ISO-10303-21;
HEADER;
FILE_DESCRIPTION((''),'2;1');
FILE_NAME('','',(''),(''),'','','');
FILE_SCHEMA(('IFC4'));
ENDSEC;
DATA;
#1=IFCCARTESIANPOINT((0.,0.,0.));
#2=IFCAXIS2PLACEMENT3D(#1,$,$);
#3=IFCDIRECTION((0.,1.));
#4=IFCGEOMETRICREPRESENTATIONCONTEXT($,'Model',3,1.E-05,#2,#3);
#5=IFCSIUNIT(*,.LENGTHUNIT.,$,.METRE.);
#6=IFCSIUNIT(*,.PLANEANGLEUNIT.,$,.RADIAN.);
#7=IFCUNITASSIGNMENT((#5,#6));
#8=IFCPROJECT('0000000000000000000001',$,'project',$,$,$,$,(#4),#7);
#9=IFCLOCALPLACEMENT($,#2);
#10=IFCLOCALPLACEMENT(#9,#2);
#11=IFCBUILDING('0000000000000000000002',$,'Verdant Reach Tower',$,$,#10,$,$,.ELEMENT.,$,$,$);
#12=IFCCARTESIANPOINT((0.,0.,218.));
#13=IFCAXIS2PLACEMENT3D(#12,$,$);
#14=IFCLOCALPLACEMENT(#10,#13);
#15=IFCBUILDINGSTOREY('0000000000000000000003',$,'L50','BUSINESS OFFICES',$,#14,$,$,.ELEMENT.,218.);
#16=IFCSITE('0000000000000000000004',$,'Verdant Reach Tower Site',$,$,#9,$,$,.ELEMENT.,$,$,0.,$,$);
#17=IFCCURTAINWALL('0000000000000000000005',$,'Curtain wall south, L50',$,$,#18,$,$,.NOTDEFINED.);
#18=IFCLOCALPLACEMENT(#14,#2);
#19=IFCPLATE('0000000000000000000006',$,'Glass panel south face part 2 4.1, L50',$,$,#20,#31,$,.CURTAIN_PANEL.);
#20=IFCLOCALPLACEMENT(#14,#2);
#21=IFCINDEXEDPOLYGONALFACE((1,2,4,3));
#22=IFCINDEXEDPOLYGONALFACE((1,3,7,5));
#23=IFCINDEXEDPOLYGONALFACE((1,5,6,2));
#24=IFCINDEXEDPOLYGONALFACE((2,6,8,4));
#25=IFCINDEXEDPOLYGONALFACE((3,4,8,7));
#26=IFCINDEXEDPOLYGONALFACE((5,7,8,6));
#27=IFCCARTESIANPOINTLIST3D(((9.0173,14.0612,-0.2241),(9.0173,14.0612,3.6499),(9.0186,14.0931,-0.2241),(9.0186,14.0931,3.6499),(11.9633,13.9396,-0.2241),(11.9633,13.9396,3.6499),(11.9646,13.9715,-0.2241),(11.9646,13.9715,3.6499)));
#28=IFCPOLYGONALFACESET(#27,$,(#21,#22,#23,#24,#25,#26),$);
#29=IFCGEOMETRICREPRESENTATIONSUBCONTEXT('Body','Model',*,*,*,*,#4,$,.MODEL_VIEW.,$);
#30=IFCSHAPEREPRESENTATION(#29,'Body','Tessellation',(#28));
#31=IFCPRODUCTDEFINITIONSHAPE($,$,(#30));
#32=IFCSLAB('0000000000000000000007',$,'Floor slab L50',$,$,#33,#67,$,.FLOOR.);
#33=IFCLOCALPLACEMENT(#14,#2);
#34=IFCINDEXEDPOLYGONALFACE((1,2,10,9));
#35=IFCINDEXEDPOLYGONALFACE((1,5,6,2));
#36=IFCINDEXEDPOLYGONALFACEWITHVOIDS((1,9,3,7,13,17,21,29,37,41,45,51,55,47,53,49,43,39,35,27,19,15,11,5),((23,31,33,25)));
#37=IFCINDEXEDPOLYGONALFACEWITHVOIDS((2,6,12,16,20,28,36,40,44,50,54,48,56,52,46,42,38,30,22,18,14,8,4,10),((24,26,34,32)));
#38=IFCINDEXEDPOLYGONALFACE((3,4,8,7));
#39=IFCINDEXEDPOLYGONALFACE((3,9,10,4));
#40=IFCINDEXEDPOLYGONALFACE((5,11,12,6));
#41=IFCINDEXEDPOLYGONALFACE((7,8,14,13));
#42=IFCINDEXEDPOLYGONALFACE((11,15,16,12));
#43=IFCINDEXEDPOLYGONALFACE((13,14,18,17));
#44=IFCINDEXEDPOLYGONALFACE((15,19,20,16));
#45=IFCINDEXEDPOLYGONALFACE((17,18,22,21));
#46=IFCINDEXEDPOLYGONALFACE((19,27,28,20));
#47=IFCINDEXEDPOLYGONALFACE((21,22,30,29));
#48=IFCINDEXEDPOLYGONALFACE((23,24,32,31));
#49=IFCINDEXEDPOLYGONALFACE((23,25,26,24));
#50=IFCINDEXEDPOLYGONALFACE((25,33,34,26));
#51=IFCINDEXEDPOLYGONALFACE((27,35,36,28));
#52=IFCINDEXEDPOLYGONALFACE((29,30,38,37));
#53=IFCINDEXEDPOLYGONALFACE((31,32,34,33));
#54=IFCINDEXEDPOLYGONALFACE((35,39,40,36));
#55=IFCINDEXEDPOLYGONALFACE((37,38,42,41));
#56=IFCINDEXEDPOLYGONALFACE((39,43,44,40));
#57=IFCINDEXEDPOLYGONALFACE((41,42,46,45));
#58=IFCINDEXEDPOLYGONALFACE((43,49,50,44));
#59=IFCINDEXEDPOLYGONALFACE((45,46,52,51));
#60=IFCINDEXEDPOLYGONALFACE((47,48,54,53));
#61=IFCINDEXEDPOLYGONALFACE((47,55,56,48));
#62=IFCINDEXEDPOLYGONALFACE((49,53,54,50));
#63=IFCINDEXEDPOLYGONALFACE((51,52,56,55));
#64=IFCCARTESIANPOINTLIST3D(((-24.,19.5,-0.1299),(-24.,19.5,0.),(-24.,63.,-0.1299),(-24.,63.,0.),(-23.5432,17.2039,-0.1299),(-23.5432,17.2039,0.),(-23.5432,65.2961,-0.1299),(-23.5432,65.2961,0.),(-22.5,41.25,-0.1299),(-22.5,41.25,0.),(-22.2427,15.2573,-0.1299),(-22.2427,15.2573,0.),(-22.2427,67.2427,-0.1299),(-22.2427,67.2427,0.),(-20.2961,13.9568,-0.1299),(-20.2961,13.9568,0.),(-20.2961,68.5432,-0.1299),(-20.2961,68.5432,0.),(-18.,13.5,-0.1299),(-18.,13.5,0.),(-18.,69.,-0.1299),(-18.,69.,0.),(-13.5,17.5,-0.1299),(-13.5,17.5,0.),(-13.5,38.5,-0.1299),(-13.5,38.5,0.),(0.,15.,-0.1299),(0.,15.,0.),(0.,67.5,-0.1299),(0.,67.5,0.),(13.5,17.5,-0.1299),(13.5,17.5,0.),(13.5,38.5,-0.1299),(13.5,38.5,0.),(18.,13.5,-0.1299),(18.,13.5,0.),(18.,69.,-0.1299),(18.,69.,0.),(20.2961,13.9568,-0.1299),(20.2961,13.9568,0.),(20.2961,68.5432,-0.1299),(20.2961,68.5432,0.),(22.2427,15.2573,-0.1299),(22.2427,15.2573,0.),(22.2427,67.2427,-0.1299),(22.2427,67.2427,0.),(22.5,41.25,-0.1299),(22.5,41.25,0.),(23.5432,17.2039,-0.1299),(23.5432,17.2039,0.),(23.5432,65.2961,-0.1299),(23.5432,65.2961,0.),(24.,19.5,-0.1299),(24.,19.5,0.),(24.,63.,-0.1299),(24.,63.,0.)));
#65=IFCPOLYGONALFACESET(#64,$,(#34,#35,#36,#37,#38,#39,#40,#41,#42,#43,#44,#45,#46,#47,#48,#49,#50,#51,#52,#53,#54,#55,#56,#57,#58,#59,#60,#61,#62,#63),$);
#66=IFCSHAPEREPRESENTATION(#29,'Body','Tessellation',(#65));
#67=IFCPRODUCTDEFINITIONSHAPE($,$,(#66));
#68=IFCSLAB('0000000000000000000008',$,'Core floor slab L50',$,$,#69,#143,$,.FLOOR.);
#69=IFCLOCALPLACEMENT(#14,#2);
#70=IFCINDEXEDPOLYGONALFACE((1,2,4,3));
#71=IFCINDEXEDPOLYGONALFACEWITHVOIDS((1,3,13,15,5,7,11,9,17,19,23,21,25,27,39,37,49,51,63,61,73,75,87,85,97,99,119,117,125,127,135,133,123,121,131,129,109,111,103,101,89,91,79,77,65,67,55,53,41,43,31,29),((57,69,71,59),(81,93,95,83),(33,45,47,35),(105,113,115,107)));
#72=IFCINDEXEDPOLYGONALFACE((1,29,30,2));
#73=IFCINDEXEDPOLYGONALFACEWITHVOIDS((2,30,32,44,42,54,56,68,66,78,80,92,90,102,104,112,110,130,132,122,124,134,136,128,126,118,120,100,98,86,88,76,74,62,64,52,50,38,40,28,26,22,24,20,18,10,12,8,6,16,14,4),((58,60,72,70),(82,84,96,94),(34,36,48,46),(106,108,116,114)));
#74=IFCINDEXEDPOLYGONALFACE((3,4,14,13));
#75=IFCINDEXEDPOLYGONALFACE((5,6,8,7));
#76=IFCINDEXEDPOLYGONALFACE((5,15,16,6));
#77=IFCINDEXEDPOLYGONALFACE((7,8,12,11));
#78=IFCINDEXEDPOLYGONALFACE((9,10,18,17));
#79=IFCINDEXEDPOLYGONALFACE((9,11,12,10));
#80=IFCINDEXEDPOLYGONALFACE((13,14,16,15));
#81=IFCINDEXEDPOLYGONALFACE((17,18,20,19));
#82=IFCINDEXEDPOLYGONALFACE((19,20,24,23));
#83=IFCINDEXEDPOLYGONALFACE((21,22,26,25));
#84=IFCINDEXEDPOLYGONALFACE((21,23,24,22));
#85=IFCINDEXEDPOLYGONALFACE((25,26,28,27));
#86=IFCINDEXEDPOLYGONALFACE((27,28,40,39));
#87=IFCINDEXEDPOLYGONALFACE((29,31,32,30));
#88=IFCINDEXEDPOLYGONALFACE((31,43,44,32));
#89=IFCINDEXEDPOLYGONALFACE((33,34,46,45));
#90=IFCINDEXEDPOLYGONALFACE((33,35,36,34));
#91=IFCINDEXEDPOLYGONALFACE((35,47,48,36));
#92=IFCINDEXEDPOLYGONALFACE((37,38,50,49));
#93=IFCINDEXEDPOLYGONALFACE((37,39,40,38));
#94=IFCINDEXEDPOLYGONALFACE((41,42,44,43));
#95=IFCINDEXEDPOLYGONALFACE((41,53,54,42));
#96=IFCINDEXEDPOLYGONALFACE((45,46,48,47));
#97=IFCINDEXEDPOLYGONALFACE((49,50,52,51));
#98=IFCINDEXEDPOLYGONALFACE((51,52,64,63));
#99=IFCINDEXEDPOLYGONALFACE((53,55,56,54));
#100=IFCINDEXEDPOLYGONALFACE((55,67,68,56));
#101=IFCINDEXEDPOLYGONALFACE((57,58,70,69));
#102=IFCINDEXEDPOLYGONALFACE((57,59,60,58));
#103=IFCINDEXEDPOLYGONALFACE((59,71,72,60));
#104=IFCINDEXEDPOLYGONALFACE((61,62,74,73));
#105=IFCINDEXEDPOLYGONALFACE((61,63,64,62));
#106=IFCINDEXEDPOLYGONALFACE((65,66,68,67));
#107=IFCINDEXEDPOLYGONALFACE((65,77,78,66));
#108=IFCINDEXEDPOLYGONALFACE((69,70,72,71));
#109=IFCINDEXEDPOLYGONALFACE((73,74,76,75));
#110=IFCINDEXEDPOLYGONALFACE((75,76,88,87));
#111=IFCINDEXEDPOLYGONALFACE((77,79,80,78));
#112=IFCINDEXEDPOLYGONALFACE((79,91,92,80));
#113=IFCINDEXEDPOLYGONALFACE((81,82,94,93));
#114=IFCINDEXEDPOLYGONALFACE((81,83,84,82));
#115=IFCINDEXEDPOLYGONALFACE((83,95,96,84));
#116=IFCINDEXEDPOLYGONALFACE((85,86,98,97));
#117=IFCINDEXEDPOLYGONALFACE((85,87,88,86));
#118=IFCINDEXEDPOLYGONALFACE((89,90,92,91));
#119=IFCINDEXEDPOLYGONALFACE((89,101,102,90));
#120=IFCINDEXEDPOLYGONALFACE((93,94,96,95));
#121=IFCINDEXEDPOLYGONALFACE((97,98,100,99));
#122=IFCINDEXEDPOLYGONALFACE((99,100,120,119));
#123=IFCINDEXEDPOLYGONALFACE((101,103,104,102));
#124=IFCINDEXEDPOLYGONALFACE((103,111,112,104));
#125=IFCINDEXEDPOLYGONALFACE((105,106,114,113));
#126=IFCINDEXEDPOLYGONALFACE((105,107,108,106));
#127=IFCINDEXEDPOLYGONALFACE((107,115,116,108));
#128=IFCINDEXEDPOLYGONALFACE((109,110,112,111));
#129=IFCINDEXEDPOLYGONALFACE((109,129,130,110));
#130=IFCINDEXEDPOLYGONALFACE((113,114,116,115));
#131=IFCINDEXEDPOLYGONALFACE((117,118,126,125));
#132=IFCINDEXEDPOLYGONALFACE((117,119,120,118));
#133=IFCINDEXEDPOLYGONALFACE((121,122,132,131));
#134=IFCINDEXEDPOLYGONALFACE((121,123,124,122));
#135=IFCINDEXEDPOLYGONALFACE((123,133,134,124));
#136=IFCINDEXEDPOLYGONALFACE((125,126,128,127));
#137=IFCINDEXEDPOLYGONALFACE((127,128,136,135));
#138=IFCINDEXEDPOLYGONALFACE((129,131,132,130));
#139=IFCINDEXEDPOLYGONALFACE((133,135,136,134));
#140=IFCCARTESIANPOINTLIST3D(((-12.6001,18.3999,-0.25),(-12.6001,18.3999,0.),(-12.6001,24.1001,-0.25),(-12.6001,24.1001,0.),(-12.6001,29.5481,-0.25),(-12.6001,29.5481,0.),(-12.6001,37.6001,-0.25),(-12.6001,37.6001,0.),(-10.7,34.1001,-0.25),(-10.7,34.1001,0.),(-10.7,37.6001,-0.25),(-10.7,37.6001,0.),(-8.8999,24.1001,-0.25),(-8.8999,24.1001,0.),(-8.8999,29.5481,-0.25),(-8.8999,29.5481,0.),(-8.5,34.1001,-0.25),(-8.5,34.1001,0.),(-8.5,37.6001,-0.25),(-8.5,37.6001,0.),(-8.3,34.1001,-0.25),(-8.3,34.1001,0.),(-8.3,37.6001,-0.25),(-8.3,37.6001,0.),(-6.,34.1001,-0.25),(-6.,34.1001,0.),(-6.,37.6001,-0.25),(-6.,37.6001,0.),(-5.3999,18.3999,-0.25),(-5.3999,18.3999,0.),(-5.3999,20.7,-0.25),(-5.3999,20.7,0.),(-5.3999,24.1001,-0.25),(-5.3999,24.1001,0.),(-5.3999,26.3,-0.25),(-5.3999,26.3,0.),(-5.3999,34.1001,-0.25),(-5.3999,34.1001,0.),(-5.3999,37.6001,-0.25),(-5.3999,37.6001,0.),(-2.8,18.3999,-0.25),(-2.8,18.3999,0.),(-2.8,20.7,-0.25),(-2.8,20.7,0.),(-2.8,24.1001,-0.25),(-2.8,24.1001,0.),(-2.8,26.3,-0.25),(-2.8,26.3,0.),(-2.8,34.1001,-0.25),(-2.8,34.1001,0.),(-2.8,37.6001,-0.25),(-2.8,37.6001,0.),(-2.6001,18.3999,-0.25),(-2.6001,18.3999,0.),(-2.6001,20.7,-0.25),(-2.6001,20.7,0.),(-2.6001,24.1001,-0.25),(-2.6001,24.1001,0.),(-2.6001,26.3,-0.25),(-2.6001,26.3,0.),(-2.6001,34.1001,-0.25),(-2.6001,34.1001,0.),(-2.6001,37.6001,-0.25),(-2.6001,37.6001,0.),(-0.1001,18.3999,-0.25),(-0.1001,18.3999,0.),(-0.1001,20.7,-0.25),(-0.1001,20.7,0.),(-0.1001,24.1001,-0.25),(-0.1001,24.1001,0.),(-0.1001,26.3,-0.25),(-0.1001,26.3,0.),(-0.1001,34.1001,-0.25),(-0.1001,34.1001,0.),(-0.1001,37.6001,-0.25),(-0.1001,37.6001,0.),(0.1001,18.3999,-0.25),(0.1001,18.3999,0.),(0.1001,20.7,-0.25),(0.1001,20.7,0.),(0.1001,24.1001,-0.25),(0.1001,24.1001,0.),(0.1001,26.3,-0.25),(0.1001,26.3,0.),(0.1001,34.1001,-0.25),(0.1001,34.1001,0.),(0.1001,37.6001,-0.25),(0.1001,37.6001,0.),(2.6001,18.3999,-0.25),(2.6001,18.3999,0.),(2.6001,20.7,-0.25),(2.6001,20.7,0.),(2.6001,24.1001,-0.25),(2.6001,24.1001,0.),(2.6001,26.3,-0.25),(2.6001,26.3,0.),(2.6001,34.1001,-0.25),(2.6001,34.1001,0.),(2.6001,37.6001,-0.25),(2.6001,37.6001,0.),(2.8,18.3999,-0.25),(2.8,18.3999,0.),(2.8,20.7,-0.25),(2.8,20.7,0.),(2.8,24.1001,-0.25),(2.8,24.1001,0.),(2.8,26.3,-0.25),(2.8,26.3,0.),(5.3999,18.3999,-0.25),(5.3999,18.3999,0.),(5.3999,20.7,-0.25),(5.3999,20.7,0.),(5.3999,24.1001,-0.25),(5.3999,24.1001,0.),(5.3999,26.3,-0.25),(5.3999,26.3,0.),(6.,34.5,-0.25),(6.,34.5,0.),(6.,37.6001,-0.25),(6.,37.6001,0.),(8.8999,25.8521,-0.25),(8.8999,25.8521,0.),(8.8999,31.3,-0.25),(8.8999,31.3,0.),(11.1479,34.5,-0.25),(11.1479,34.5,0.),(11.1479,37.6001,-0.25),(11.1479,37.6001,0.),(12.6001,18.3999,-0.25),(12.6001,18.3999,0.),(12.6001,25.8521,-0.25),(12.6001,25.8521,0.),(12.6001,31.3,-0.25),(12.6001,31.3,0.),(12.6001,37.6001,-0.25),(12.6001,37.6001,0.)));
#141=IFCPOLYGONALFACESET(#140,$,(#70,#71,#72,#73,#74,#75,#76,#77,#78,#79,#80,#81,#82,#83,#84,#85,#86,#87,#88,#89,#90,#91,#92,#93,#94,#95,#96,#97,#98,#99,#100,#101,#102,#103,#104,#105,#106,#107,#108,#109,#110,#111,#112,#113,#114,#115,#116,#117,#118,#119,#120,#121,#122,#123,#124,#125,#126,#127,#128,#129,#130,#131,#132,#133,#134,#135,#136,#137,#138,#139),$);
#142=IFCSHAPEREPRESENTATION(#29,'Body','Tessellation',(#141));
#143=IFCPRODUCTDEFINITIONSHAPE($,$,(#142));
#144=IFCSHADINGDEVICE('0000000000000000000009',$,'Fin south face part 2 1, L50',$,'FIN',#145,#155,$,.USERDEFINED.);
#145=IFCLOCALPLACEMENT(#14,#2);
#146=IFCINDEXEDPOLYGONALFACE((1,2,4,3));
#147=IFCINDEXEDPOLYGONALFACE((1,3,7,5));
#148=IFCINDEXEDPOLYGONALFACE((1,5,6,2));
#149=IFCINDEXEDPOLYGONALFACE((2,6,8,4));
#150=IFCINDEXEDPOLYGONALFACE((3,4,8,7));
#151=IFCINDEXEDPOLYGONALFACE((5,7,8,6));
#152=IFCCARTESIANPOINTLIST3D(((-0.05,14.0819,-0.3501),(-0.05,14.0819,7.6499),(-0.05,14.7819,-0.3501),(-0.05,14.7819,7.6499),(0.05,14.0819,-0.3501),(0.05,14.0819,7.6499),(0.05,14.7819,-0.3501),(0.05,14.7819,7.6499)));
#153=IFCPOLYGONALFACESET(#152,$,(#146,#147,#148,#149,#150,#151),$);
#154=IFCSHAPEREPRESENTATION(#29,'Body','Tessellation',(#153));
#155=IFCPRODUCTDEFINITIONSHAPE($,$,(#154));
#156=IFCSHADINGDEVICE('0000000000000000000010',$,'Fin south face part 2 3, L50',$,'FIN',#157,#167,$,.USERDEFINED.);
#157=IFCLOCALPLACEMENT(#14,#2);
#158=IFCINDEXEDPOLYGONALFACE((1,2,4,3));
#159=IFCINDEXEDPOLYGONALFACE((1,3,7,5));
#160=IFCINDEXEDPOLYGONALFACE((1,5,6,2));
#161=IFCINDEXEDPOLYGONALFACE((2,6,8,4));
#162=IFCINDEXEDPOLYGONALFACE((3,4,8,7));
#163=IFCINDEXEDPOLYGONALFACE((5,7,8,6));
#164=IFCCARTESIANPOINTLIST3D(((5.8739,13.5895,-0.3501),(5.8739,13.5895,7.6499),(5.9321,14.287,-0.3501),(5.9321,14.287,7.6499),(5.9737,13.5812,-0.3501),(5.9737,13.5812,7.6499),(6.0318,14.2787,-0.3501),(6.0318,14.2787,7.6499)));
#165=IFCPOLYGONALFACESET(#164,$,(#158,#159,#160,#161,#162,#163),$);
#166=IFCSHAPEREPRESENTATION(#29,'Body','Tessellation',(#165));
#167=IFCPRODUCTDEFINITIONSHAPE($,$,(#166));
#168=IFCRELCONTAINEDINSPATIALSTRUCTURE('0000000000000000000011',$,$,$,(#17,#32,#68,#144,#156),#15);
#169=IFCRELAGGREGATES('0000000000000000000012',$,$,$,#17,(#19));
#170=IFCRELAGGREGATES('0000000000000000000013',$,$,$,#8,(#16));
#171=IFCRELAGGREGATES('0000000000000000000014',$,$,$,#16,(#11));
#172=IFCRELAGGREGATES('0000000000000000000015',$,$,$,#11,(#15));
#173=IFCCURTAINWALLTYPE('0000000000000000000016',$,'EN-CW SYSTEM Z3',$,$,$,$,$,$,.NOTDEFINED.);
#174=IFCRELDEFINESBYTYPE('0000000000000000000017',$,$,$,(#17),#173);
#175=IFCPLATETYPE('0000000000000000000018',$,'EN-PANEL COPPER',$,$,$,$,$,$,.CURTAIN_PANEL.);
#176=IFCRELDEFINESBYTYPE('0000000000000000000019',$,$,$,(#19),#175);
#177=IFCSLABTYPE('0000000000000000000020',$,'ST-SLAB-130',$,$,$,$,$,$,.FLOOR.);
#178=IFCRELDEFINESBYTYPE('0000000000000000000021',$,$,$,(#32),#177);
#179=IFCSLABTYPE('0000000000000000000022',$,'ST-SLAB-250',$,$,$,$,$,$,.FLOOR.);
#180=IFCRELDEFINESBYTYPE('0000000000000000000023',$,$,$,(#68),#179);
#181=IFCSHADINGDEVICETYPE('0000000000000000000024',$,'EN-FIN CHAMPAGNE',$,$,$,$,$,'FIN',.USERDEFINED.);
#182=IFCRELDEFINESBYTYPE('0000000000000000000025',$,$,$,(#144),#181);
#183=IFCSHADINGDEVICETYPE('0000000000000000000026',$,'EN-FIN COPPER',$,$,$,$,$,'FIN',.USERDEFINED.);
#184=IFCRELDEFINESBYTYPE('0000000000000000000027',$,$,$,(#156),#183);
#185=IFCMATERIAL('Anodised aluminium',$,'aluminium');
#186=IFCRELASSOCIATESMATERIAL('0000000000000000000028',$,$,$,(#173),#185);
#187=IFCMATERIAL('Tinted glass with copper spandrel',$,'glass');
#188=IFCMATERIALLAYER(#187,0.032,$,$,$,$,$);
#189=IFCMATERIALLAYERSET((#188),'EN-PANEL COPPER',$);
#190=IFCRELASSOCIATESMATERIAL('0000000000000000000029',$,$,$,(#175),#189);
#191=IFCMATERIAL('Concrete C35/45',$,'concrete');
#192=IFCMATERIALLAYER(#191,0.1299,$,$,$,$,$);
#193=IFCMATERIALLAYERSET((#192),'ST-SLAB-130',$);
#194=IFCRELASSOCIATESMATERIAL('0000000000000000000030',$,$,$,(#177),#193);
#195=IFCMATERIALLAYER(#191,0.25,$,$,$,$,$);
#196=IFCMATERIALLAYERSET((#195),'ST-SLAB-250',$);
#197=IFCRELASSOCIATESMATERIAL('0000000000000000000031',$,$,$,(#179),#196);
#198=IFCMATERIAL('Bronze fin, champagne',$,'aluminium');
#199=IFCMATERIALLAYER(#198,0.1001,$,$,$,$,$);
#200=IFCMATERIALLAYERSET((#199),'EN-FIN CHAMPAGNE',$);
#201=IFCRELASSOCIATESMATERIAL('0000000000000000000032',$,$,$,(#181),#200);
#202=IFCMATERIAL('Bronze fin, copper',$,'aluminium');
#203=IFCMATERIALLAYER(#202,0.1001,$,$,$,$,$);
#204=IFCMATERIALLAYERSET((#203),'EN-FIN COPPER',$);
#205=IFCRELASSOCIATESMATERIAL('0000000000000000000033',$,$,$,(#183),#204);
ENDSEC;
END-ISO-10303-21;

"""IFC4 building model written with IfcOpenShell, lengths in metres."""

from ifc_helpers import new_model, si_unit, direction, frame, origin, origin_2d, place, context, subcontext, project, spatial, polyline, rectangle, outline, extrude, material, layer, layer_set, type_object, element, aggregate, save


model = new_model("IFC4")

# Units and contexts
model_context = context("Model", 3, precision=1e-05, world=origin(), true_north=direction((0.0, 1.0)))
body_context = subcontext(model_context, "Body", "Model", "MODEL_VIEW")
ifc_project = project(units=[si_unit("LENGTHUNIT", "METRE"), si_unit("PLANEANGLEUNIT", "RADIAN")], contexts=[model_context])

# Site, building, storey
site_placement = place(None, origin())
site = spatial("IfcSite", under=ifc_project, at=site_placement, Name="Verdant Reach Tower Site", CompositionType="ELEMENT", RefElevation=0.0)
building_placement = place(site_placement, origin())
building = spatial("IfcBuilding", under=site, at=building_placement, Name="Verdant Reach Tower", CompositionType="ELEMENT")
storey_placement = place(building_placement, frame((0.0, 0.0, 218.0)))
storey = spatial("IfcBuildingStorey", under=building, at=storey_placement, Name="L50", Description="BUSINESS OFFICES", CompositionType="ELEMENT", Elevation=218.0)

# Curtain wall
ifc_material_1 = material(Name="Anodised aluminium", Category="aluminium")
curtain_wall_type = type_object("IfcCurtainWallType", Name="EN-CW SYSTEM Z3", PredefinedType="NOTDEFINED", material=ifc_material_1)
curtain_wall_placement = place(storey_placement, origin())
curtain_wall = element("IfcCurtainWall", 1, at=curtain_wall_placement, inside=storey, type_object=curtain_wall_type, Name="Curtain wall south, L50", PredefinedType="NOTDEFINED")

# Plate
ifc_material_2 = material(Name="Tinted glass with copper spandrel", Category="glass")
ifc_layer_1 = layer(ifc_material_2, 0.032)
ifc_layer_set_1 = layer_set([ifc_layer_1], Name="EN-PANEL COPPER")
plate_type_1 = type_object("IfcPlateType", Name="EN-PANEL COPPER", PredefinedType="CURTAIN_PANEL", material=ifc_layer_set_1)
plate_1_placement = place(storey_placement, frame((10.491, 14.0164, -0.2241), z_axis=(0.0, 0.0, 1.0), x_axis=(0.999149, -0.041242, 0.0)))
plate_1 = element("IfcPlate", 2, at=plate_1_placement, type_object=plate_type_1, Name="Glass panel south face part 2 4.1, L50", PredefinedType="CURTAIN_PANEL", context=body_context, shape_type="SweptSolid", body=[
    extrude(rectangle(XDim=2.9485, YDim=0.032, at=origin_2d()), origin(), (0.0, 0.0, 1.0), 3.874),
])
aggregate(curtain_wall, [plate_1])

# Slabs
ifc_material_3 = material(Name="Concrete C35/45", Category="concrete")
ifc_layer_2 = layer(ifc_material_3, 0.1299)
ifc_layer_set_2 = layer_set([ifc_layer_2], Name="ST-SLAB-130")
slab_type_1 = type_object("IfcSlabType", Name="ST-SLAB-130", PredefinedType="FLOOR", material=ifc_layer_set_2)
slab_1_placement = place(storey_placement, frame((0.0, 0.0, -0.1299)))
element("IfcSlab", 3, at=slab_1_placement, inside=storey, type_object=slab_type_1, Name="Floor slab L50", PredefinedType="FLOOR", context=body_context, shape_type="SweptSolid", body=[
    extrude(outline(polyline([(0.0, 15.0), (-18.0, 13.5), (-20.2961, 13.9568), (-22.2427, 15.2573), (-23.5432, 17.2039), (-24.0, 19.5), (-22.5, 41.25), (-24.0, 63.0), (-23.5432, 65.2961), (-22.2427, 67.2427), (-20.2961, 68.5432), (-18.0, 69.0), (0.0, 67.5), (18.0, 69.0), (20.2961, 68.5432), (22.2427, 67.2427), (23.5432, 65.2961), (24.0, 63.0), (22.5, 41.25), (24.0, 19.5), (23.5432, 17.2039), (22.2427, 15.2573), (20.2961, 13.9568), (18.0, 13.5), (0.0, 15.0)]), holes=[polyline([(13.5, 38.5), (-13.5, 38.5), (-13.5, 17.5), (13.5, 17.5), (13.5, 38.5)])]), origin(), (0.0, 0.0, 1.0), 0.1299),
])
ifc_layer_3 = layer(ifc_material_3, 0.25)
ifc_layer_set_3 = layer_set([ifc_layer_3], Name="ST-SLAB-250")
slab_type_2 = type_object("IfcSlabType", Name="ST-SLAB-250", PredefinedType="FLOOR", material=ifc_layer_set_3)
slab_2_placement = place(storey_placement, frame((0.0, 0.0, -0.25)))
element("IfcSlab", 4, at=slab_2_placement, inside=storey, type_object=slab_type_2, Name="Core floor slab L50", PredefinedType="FLOOR", context=body_context, shape_type="SweptSolid", body=[
    extrude(outline(polyline([(12.6001, 18.3999), (5.3999, 18.3999), (5.3999, 20.7), (2.8, 20.7), (2.8, 18.3999), (2.6001, 18.3999), (2.6001, 20.7), (0.1001, 20.7), (0.1001, 18.3999), (-0.1001, 18.3999), (-0.1001, 20.7), (-2.6001, 20.7), (-2.6001, 18.3999), (-2.8, 18.3999), (-2.8, 20.7), (-5.3999, 20.7), (-5.3999, 18.3999), (-12.6001, 18.3999), (-12.6001, 24.1001), (-8.8999, 24.1001), (-8.8999, 29.5481), (-12.6001, 29.5481), (-12.6001, 37.6001), (-10.7, 37.6001), (-10.7, 34.1001), (-8.5, 34.1001), (-8.5, 37.6001), (-8.3, 37.6001), (-8.3, 34.1001), (-6.0, 34.1001), (-6.0, 37.6001), (-5.3999, 37.6001), (-5.3999, 34.1001), (-2.8, 34.1001), (-2.8, 37.6001), (-2.6001, 37.6001), (-2.6001, 34.1001), (-0.1001, 34.1001), (-0.1001, 37.6001), (0.1001, 37.6001), (0.1001, 34.1001), (2.6001, 34.1001), (2.6001, 37.6001), (6.0, 37.6001), (6.0, 34.5), (11.1479, 34.5), (11.1479, 37.6001), (12.6001, 37.6001), (12.6001, 31.3), (8.8999, 31.3), (8.8999, 25.8521), (12.6001, 25.8521), (12.6001, 18.3999)]), holes=[polyline([(-2.8, 24.1001), (-2.8, 26.3), (-5.3999, 26.3), (-5.3999, 24.1001), (-2.8, 24.1001)]), polyline([(-0.1001, 24.1001), (-0.1001, 26.3), (-2.6001, 26.3), (-2.6001, 24.1001), (-0.1001, 24.1001)]), polyline([(2.6001, 24.1001), (2.6001, 26.3), (0.1001, 26.3), (0.1001, 24.1001), (2.6001, 24.1001)]), polyline([(5.3999, 24.1001), (5.3999, 26.3), (2.8, 26.3), (2.8, 24.1001), (5.3999, 24.1001)])]), origin(), (0.0, 0.0, 1.0), 0.25),
])

# Shading devices
ifc_material_4 = material(Name="Bronze fin, champagne", Category="aluminium")
ifc_layer_4 = layer(ifc_material_4, 0.1001)
ifc_layer_set_4 = layer_set([ifc_layer_4], Name="EN-FIN CHAMPAGNE")
shading_device_type_1 = type_object("IfcShadingDeviceType", Name="EN-FIN CHAMPAGNE", ElementType="FIN", PredefinedType="USERDEFINED", material=ifc_layer_set_4)
shading_device_1_placement = place(storey_placement, frame((0.0, 14.4319, -0.3501), z_axis=(0.0, 0.0, 1.0), x_axis=(1.0, 0.0, 0.0)))
element("IfcShadingDevice", 5, at=shading_device_1_placement, inside=storey, type_object=shading_device_type_1, Name="Fin south face part 2 1, L50", ObjectType="FIN", PredefinedType="USERDEFINED", context=body_context, shape_type="SweptSolid", body=[
    extrude(rectangle(XDim=0.1001, YDim=0.7, at=origin_2d()), origin(), (0.0, 0.0, 1.0), 8.0),
])
ifc_material_5 = material(Name="Bronze fin, copper", Category="aluminium")
ifc_layer_5 = layer(ifc_material_5, 0.1001)
ifc_layer_set_5 = layer_set([ifc_layer_5], Name="EN-FIN COPPER")
shading_device_type_2 = type_object("IfcShadingDeviceType", Name="EN-FIN COPPER", ElementType="FIN", PredefinedType="USERDEFINED", material=ifc_layer_set_5)
shading_device_2_placement = place(storey_placement, frame((5.9529, 13.9341, -0.3501), z_axis=(0.0, 0.0, 1.0), x_axis=(0.996546, -0.083045, 0.0)))
element("IfcShadingDevice", 6, at=shading_device_2_placement, inside=storey, type_object=shading_device_type_2, Name="Fin south face part 2 3, L50", ObjectType="FIN", PredefinedType="USERDEFINED", context=body_context, shape_type="SweptSolid", body=[
    extrude(rectangle(XDim=0.1001, YDim=0.7, at=origin_2d()), origin(), (0.0, 0.0, 1.0), 8.0),
])

save(model, "model.ifc")
